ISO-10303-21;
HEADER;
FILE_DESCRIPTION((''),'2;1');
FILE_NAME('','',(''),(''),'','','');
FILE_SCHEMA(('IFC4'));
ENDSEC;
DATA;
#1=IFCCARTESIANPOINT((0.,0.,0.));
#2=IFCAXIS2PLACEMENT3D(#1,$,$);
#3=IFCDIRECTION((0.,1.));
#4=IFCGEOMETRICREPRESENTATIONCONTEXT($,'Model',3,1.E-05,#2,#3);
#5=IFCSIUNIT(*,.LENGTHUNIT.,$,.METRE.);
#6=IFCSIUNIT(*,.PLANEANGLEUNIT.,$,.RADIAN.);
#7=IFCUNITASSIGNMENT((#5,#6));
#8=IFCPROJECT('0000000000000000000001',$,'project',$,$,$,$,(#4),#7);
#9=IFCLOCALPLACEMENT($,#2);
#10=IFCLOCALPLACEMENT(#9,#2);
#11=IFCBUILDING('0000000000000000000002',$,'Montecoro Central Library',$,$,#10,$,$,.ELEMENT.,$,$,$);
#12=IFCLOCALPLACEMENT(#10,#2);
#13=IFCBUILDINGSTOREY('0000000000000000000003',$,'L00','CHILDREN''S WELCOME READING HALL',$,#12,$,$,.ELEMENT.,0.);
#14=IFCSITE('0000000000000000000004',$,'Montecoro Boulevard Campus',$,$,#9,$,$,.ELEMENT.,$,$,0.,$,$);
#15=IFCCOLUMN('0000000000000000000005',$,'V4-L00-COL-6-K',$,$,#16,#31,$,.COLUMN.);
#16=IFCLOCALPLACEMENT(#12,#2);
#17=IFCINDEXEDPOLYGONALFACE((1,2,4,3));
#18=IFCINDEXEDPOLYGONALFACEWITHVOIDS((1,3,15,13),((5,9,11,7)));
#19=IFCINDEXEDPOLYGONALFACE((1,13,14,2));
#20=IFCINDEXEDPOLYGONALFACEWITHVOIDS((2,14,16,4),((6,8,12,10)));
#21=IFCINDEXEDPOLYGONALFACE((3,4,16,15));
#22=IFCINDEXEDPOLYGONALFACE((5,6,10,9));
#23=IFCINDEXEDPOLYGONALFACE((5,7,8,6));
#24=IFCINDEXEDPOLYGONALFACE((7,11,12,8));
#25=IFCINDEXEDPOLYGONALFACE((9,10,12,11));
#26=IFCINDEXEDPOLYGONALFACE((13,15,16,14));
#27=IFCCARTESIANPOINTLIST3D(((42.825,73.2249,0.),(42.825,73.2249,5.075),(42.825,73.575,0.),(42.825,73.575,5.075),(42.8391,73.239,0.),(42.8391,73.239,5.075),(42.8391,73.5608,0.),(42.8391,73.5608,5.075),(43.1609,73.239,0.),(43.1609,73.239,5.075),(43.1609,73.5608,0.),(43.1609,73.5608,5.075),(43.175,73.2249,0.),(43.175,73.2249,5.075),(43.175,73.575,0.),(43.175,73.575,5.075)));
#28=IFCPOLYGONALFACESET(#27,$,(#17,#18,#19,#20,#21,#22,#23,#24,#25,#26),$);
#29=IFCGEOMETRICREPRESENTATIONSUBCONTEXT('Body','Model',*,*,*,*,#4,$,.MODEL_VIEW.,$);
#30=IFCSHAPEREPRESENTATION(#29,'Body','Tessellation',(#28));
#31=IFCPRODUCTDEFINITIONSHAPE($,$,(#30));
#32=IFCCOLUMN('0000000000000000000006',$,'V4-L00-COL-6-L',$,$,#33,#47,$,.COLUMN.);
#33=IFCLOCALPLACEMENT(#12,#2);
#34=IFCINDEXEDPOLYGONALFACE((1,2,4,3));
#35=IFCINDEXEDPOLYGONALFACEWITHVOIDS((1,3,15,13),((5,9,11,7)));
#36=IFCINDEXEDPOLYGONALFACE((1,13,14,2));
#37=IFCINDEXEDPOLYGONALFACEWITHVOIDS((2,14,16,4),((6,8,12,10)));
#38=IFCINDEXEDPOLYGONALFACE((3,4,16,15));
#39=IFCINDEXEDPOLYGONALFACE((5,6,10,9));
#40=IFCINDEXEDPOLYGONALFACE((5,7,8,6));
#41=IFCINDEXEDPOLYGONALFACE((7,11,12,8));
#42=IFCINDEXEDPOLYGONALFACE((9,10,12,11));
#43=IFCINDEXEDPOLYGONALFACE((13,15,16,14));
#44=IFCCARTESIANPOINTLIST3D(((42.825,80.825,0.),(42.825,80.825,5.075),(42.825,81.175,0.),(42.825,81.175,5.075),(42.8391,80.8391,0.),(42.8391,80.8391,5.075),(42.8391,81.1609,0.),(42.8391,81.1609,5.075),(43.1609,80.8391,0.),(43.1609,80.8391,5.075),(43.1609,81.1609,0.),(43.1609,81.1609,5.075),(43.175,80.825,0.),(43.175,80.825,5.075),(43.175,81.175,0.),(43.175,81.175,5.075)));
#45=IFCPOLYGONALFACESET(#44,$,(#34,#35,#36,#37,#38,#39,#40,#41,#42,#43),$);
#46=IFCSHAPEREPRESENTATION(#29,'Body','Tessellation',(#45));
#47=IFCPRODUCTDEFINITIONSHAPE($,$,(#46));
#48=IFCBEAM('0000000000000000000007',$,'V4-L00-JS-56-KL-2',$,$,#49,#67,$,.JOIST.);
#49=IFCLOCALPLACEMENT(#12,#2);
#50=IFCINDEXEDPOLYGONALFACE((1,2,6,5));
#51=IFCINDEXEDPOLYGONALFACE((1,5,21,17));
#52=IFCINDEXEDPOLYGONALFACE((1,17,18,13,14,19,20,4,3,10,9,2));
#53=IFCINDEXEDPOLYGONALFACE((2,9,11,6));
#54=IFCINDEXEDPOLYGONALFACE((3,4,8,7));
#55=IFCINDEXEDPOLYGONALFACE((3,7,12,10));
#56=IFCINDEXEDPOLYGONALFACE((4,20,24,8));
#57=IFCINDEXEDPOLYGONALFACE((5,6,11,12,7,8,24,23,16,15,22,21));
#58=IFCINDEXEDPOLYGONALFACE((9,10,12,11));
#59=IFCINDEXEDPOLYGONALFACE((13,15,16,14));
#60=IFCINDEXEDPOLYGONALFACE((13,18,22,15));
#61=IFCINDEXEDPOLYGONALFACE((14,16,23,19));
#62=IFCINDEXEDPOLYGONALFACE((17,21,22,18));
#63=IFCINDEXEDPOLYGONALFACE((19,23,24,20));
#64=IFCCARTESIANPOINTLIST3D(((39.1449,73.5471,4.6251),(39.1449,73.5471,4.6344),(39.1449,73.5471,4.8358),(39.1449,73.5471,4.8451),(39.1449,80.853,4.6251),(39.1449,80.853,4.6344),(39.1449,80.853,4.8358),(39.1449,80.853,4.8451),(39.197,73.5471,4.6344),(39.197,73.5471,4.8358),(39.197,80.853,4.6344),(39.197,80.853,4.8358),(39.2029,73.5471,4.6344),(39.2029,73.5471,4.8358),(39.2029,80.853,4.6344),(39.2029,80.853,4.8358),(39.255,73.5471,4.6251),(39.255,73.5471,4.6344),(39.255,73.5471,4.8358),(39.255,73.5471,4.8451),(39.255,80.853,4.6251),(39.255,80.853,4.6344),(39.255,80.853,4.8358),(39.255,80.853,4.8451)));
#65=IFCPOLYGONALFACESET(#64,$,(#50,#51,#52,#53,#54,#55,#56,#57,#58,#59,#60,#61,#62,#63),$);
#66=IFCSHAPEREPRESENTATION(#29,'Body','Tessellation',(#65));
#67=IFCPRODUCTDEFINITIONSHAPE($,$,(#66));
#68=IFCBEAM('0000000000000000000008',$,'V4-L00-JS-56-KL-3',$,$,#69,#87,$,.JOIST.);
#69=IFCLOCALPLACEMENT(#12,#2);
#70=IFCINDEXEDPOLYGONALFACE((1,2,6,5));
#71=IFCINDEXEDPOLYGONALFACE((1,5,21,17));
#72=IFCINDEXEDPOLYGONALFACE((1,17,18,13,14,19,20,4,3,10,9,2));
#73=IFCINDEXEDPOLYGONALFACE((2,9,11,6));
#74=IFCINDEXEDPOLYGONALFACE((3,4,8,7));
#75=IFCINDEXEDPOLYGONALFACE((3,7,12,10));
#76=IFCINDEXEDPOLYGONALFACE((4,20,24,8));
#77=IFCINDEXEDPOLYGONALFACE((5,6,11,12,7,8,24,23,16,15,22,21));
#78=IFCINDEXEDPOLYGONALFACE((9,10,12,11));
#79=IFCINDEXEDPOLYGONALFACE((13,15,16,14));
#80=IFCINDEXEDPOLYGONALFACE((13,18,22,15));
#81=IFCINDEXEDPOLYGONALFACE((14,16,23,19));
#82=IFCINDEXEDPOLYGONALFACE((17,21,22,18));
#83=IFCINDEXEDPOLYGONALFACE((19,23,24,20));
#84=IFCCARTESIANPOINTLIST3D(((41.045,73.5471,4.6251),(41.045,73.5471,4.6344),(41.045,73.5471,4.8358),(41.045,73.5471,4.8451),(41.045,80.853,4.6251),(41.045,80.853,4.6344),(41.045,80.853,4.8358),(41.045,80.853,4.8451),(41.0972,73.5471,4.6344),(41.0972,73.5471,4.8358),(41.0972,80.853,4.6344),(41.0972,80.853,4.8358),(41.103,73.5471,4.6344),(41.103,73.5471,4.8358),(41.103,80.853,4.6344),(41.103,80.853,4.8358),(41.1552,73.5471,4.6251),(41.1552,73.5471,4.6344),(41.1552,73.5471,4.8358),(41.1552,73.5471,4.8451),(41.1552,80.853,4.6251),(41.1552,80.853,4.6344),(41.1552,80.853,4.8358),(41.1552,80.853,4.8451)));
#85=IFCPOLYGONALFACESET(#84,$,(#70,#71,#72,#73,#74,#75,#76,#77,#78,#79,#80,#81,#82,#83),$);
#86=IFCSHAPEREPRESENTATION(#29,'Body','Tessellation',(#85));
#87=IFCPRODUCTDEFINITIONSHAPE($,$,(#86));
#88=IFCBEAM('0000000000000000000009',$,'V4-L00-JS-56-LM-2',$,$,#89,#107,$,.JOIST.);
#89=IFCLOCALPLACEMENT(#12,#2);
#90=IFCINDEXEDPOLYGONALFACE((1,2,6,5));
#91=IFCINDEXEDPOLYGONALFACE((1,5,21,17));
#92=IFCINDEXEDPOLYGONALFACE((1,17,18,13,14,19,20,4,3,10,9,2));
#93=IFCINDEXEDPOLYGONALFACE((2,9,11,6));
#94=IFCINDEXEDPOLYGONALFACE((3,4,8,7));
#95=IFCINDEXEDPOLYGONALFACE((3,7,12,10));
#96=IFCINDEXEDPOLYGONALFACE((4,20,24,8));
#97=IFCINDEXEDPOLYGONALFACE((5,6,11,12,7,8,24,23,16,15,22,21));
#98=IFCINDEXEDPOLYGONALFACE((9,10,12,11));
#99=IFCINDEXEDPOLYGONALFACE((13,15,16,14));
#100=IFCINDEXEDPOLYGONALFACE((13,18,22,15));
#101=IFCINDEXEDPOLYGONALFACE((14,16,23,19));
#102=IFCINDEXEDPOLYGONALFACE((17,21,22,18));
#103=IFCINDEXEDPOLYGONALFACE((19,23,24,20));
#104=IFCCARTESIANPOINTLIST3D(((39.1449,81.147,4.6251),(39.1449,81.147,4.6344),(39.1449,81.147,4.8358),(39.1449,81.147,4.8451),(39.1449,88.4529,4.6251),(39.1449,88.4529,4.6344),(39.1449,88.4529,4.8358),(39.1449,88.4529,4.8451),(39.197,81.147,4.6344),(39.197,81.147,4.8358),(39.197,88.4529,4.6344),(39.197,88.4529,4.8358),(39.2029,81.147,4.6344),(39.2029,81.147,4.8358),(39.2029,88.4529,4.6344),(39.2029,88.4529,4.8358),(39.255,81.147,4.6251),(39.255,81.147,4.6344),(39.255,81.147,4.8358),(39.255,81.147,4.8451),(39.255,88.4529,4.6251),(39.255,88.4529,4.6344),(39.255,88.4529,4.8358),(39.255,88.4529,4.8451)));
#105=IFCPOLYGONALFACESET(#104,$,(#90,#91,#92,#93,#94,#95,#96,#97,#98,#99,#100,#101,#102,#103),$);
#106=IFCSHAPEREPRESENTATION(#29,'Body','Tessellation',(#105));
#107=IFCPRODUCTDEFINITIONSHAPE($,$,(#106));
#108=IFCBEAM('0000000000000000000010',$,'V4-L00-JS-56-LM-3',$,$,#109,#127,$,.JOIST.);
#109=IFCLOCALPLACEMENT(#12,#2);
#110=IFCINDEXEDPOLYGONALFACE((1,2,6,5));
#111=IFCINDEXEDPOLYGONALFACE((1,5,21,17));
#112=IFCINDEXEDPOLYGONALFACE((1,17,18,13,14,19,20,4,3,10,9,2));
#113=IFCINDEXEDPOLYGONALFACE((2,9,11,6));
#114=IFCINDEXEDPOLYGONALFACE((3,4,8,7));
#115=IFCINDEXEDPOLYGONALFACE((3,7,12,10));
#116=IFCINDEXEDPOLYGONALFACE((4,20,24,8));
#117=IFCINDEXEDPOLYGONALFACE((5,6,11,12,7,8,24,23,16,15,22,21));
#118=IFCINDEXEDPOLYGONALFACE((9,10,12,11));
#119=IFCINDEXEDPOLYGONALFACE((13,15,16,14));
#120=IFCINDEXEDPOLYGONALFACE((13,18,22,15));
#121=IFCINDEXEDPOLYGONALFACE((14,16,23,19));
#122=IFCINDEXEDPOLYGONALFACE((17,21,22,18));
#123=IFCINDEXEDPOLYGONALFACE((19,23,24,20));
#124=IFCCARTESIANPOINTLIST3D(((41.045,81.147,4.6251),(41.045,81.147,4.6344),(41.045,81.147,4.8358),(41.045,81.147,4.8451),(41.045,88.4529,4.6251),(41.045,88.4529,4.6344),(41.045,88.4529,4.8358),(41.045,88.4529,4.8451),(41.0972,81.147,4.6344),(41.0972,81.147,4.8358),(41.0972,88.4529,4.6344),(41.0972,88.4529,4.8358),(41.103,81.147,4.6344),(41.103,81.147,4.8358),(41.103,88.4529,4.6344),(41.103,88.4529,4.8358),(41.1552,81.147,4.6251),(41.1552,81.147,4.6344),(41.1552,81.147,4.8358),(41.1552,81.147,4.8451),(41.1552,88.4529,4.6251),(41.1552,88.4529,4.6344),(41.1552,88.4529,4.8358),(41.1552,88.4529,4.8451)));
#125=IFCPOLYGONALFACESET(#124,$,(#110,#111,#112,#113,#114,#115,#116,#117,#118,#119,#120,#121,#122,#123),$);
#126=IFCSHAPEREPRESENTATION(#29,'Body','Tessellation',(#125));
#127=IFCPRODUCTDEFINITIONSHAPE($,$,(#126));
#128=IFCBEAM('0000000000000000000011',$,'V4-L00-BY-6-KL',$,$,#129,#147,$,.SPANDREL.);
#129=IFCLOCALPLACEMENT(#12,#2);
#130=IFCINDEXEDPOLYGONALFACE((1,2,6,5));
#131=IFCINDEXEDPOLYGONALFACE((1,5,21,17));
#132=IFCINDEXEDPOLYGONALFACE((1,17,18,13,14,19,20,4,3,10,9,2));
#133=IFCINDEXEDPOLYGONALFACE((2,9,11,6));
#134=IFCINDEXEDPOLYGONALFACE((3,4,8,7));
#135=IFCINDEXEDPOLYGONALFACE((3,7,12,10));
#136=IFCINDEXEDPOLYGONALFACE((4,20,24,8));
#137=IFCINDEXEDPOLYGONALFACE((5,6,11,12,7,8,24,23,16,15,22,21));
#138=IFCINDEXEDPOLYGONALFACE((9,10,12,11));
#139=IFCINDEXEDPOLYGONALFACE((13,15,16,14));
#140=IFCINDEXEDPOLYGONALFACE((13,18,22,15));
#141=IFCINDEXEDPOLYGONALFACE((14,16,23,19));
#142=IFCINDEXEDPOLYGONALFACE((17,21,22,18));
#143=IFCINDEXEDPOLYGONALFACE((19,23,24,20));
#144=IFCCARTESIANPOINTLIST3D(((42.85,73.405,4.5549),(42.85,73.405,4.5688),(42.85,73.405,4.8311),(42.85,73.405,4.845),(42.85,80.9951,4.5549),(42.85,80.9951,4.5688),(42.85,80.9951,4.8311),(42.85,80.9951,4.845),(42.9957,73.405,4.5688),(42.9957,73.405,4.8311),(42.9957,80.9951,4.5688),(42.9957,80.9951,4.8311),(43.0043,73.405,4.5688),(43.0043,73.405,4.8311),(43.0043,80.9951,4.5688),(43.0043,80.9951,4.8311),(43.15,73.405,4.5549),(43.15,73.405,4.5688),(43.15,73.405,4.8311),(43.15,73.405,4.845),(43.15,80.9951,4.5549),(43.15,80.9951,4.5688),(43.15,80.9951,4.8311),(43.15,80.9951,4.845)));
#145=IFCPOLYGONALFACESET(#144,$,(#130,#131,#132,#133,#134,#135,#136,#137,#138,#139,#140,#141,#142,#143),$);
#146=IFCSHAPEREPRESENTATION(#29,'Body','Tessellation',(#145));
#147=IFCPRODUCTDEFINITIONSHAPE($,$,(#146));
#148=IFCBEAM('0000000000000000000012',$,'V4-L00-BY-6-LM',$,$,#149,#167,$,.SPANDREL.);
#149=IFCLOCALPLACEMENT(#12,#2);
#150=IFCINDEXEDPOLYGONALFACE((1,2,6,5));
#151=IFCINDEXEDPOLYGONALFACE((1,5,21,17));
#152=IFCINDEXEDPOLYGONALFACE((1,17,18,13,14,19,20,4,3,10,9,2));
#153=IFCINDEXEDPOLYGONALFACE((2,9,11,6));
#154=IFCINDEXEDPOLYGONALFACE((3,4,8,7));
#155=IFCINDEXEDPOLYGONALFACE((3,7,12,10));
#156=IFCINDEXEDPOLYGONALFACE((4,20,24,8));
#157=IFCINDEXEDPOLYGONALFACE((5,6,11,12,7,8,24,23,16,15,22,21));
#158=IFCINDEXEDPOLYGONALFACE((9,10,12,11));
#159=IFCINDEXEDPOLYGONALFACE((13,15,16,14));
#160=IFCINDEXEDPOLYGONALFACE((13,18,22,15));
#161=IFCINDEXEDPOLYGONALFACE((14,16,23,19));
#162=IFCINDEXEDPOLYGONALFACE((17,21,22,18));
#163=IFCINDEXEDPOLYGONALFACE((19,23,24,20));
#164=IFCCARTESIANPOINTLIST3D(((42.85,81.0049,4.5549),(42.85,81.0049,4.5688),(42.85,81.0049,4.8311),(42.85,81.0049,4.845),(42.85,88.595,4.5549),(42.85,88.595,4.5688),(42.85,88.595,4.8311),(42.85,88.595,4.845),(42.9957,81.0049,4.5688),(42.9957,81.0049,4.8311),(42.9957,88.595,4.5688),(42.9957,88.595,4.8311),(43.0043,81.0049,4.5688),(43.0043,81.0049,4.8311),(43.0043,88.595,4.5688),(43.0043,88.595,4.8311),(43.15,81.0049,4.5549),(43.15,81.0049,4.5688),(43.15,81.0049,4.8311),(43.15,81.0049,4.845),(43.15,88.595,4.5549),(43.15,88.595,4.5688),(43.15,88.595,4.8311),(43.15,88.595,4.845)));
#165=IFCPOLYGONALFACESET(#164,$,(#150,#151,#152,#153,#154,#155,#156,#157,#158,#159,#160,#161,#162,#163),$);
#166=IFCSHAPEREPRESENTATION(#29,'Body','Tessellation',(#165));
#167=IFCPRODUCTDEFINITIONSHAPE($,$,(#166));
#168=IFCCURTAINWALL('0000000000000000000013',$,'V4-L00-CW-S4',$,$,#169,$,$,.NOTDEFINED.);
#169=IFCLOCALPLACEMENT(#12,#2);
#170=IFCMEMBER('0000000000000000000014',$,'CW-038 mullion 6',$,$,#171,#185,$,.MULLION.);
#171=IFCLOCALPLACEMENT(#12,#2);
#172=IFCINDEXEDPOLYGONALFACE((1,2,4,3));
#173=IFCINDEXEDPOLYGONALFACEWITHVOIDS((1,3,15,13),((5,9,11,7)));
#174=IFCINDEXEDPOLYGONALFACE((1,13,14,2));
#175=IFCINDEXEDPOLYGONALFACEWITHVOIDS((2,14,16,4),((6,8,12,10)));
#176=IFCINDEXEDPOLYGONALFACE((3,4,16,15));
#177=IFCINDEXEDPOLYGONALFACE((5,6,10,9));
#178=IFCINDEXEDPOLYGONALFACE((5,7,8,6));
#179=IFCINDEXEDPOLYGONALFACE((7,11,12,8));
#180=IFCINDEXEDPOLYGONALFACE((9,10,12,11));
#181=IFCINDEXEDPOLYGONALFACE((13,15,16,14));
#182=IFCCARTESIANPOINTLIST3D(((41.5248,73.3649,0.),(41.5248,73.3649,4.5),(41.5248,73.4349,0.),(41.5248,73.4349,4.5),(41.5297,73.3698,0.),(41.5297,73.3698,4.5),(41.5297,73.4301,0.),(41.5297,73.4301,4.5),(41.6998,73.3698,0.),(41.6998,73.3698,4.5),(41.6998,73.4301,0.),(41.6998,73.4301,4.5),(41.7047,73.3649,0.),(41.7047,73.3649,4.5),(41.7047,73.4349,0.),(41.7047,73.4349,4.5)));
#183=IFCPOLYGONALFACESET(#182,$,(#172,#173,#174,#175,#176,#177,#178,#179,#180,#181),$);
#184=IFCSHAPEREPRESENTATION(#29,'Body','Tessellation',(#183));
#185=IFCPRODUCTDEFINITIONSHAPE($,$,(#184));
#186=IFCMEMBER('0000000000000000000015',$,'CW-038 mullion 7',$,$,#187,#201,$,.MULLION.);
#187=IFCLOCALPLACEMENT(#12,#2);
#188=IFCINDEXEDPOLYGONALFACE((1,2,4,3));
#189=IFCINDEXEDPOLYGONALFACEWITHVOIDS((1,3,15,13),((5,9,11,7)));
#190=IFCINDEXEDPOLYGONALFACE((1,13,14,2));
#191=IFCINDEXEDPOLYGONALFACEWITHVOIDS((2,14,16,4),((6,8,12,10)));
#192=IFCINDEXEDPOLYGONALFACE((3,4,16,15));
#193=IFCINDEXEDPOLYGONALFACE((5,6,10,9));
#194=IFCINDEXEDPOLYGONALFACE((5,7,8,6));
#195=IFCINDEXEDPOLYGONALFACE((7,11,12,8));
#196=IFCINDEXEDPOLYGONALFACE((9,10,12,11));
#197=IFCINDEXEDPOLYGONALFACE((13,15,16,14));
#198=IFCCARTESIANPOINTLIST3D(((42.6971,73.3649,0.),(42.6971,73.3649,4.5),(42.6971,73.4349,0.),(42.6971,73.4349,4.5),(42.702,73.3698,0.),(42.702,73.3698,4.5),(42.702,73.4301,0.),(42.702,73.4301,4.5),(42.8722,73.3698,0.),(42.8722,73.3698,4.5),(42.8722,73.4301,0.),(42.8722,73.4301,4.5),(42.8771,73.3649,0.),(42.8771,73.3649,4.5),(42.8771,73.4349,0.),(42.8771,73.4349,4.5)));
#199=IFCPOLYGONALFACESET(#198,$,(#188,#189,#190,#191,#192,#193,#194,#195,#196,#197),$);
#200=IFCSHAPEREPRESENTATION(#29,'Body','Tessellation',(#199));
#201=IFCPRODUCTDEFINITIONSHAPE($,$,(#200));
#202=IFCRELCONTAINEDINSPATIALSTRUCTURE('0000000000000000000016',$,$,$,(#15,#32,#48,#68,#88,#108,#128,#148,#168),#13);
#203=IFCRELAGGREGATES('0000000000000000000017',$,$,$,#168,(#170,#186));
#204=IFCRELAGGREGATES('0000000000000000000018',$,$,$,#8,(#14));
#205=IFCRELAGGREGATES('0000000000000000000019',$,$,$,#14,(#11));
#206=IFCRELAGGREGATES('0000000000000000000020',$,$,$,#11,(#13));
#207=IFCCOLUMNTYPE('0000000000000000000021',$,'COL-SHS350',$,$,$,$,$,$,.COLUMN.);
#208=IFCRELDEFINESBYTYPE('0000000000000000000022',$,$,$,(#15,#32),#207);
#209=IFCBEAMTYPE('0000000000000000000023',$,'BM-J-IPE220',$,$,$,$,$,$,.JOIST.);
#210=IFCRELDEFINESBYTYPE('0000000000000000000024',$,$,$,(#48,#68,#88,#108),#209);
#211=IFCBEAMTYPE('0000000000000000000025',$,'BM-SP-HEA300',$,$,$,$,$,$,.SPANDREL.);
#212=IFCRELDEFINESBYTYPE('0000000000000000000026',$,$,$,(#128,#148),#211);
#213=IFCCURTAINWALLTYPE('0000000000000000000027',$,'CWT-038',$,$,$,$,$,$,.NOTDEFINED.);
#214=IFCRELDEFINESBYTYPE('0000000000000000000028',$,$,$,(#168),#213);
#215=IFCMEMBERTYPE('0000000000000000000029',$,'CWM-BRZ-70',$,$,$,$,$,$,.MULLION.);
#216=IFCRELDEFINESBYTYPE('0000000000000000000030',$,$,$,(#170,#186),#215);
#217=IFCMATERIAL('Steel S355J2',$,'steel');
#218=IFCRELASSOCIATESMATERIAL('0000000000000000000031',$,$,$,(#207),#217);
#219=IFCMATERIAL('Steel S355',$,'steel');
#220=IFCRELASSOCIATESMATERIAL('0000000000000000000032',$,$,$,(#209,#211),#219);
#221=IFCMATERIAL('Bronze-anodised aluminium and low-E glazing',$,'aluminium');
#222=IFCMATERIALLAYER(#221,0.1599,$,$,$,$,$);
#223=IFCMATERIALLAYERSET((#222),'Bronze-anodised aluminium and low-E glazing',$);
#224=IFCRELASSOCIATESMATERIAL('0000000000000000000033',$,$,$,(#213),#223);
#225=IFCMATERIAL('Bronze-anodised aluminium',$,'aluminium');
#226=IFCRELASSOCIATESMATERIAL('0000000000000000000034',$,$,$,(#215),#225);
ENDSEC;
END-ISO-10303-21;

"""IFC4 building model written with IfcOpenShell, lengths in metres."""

from ifc_helpers import new_model, si_unit, direction, frame, origin, origin_2d, place, context, subcontext, project, spatial, hollow_rectangle, i_section, extrude, material, layer, layer_set, material_profile, profile_set, type_object, element, aggregate, save


model = new_model("IFC4")

# Units and contexts
model_context = context("Model", 3, precision=1e-05, world=origin(), true_north=direction((0.0, 1.0)))
body_context = subcontext(model_context, "Body", "Model", "MODEL_VIEW")
ifc_project = project(units=[si_unit("LENGTHUNIT", "METRE"), si_unit("PLANEANGLEUNIT", "RADIAN")], contexts=[model_context])

# Site, building, storey
site_placement = place(None, origin())
site = spatial("IfcSite", under=ifc_project, at=site_placement, Name="Montecoro Boulevard Campus", CompositionType="ELEMENT", RefElevation=0.0)
building_placement = place(site_placement, origin())
building = spatial("IfcBuilding", under=site, at=building_placement, Name="Montecoro Central Library", CompositionType="ELEMENT")
storey_placement = place(building_placement, origin())
storey = spatial("IfcBuildingStorey", under=building, at=storey_placement, Name="L00", Description="CHILDREN'S WELCOME READING HALL", CompositionType="ELEMENT", Elevation=0.0)

# Columns
ifc_material_1 = material(Name="Steel S355J2", Category="steel")
ifc_material_profile_1 = material_profile(ifc_material_1, hollow_rectangle(XDim=0.3501, YDim=0.3501, WallThickness=0.0142, at=origin_2d()), Name="SHS 350x350x14.2")
ifc_profile_set_1 = profile_set([ifc_material_profile_1], Name="Steel S355J2")
column_type = type_object("IfcColumnType", Name="COL-SHS350", PredefinedType="COLUMN", material=ifc_profile_set_1)
for number, where, z_axis, x_axis, name in (
    (1, (43.0, 73.3999, 0.0), (0.0, 0.0, 1.0), (1.0, 0.0, 0.0), "V4-L00-COL-6-K"),
    (2, (43.0, 81.0, 0.0), (0.0, 0.0, 1.0), (1.0, 0.0, 0.0), "V4-L00-COL-6-L"),
):
    element("IfcColumn", number, at=place(storey_placement, frame(where, z_axis=z_axis, x_axis=x_axis)), inside=storey, type_object=column_type, Name=name, PredefinedType="COLUMN", context=body_context, shape_type="SweptSolid", body=[
        extrude(hollow_rectangle(XDim=0.3501, YDim=0.3501, WallThickness=0.0142, at=origin_2d()), origin(), (0.0, 0.0, 1.0), 5.075),
    ])

# Beams
ifc_material_2 = material(Name="Steel S355", Category="steel")
ifc_material_profile_2 = material_profile(ifc_material_2, i_section(OverallWidth=0.1101, OverallDepth=0.22, WebThickness=0.0059, FlangeThickness=0.0093, at=origin_2d()), Name="IPE 220")
ifc_profile_set_2 = profile_set([ifc_material_profile_2], Name="Steel S355")
beam_type_1 = type_object("IfcBeamType", Name="BM-J-IPE220", PredefinedType="JOIST", material=ifc_profile_set_2)
for number, where, z_axis, x_axis, name in (
    (3, (39.2, 73.5471, 4.7351), (0.0, 1.0, 0.0), (-1.0, 0.0, 0.0), "V4-L00-JS-56-KL-2"),
    (4, (41.1001, 73.5471, 4.7351), (0.0, 1.0, 0.0), (-1.0, 0.0, 0.0), "V4-L00-JS-56-KL-3"),
    (5, (39.2, 81.147, 4.7351), (0.0, 1.0, 0.0), (-1.0, 0.0, 0.0), "V4-L00-JS-56-LM-2"),
    (6, (41.1001, 81.147, 4.7351), (0.0, 1.0, 0.0), (-1.0, 0.0, 0.0), "V4-L00-JS-56-LM-3"),
):
    element("IfcBeam", number, at=place(storey_placement, frame(where, z_axis=z_axis, x_axis=x_axis)), inside=storey, type_object=beam_type_1, Name=name, PredefinedType="JOIST", context=body_context, shape_type="SweptSolid", body=[
        extrude(i_section(OverallWidth=0.1101, OverallDepth=0.22, WebThickness=0.0059, FlangeThickness=0.0093, at=origin_2d()), origin(), (0.0, 0.0, 1.0), 7.3059),
    ])
ifc_material_profile_3 = material_profile(ifc_material_2, i_section(OverallWidth=0.3, OverallDepth=0.29, WebThickness=0.0085, FlangeThickness=0.0139, at=origin_2d()), Name="HEA 300")
ifc_profile_set_3 = profile_set([ifc_material_profile_3], Name="Steel S355")
beam_type_2 = type_object("IfcBeamType", Name="BM-SP-HEA300", PredefinedType="SPANDREL", material=ifc_profile_set_3)
for number, where, z_axis, x_axis, name in (
    (7, (43.0, 73.405, 4.7), (0.0, 1.0, 0.0), (-1.0, 0.0, 0.0), "V4-L00-BY-6-KL"),
    (8, (43.0, 81.0049, 4.7), (0.0, 1.0, 0.0), (-1.0, 0.0, 0.0), "V4-L00-BY-6-LM"),
):
    element("IfcBeam", number, at=place(storey_placement, frame(where, z_axis=z_axis, x_axis=x_axis)), inside=storey, type_object=beam_type_2, Name=name, PredefinedType="SPANDREL", context=body_context, shape_type="SweptSolid", body=[
        extrude(i_section(OverallWidth=0.3, OverallDepth=0.29, WebThickness=0.0085, FlangeThickness=0.0139, at=origin_2d()), origin(), (0.0, 0.0, 1.0), 7.5901),
    ])

# Curtain wall, members
ifc_material_3 = material(Name="Bronze-anodised aluminium and low-E glazing", Category="aluminium")
ifc_layer_1 = layer(ifc_material_3, 0.1599)
ifc_layer_set_1 = layer_set([ifc_layer_1], Name="Bronze-anodised aluminium and low-E glazing")
curtain_wall_type = type_object("IfcCurtainWallType", Name="CWT-038", PredefinedType="NOTDEFINED", material=ifc_layer_set_1)
curtain_wall_placement = place(storey_placement, origin())
curtain_wall = element("IfcCurtainWall", 9, at=curtain_wall_placement, inside=storey, type_object=curtain_wall_type, Name="V4-L00-CW-S4", PredefinedType="NOTDEFINED")
ifc_material_4 = material(Name="Bronze-anodised aluminium", Category="aluminium")
ifc_material_profile_4 = material_profile(ifc_material_4, hollow_rectangle(XDim=0.0701, YDim=0.1799, WallThickness=0.0049, at=origin_2d()), Name="CWM 180x70x5.0")
ifc_profile_set_4 = profile_set([ifc_material_profile_4], Name="Bronze-anodised aluminium")
member_type_1 = type_object("IfcMemberType", Name="CWM-BRZ-70", PredefinedType="MULLION", material=ifc_profile_set_4)
member_1_placement = place(storey_placement, frame((41.6147, 73.3999, 0.0), z_axis=(0.0, 0.0, 1.0), x_axis=(0.0, 1.0, 0.0)))
member_1 = element("IfcMember", 10, at=member_1_placement, type_object=member_type_1, Name="CW-038 mullion 6", PredefinedType="MULLION", context=body_context, shape_type="SweptSolid", body=[
    extrude(hollow_rectangle(XDim=0.0701, YDim=0.1799, WallThickness=0.0049, at=origin_2d()), origin(), (0.0, 0.0, 1.0), 4.5),
])
member_2_placement = place(storey_placement, frame((42.7871, 73.3999, 0.0), z_axis=(0.0, 0.0, 1.0), x_axis=(0.0, 1.0, 0.0)))
member_2 = element("IfcMember", 11, at=member_2_placement, type_object=member_type_1, Name="CW-038 mullion 7", PredefinedType="MULLION", context=body_context, shape_type="SweptSolid", body=[
    extrude(hollow_rectangle(XDim=0.0701, YDim=0.1799, WallThickness=0.0049, at=origin_2d()), origin(), (0.0, 0.0, 1.0), 4.5),
])
aggregate(curtain_wall, [member_1, member_2])

save(model, "model.ifc")
